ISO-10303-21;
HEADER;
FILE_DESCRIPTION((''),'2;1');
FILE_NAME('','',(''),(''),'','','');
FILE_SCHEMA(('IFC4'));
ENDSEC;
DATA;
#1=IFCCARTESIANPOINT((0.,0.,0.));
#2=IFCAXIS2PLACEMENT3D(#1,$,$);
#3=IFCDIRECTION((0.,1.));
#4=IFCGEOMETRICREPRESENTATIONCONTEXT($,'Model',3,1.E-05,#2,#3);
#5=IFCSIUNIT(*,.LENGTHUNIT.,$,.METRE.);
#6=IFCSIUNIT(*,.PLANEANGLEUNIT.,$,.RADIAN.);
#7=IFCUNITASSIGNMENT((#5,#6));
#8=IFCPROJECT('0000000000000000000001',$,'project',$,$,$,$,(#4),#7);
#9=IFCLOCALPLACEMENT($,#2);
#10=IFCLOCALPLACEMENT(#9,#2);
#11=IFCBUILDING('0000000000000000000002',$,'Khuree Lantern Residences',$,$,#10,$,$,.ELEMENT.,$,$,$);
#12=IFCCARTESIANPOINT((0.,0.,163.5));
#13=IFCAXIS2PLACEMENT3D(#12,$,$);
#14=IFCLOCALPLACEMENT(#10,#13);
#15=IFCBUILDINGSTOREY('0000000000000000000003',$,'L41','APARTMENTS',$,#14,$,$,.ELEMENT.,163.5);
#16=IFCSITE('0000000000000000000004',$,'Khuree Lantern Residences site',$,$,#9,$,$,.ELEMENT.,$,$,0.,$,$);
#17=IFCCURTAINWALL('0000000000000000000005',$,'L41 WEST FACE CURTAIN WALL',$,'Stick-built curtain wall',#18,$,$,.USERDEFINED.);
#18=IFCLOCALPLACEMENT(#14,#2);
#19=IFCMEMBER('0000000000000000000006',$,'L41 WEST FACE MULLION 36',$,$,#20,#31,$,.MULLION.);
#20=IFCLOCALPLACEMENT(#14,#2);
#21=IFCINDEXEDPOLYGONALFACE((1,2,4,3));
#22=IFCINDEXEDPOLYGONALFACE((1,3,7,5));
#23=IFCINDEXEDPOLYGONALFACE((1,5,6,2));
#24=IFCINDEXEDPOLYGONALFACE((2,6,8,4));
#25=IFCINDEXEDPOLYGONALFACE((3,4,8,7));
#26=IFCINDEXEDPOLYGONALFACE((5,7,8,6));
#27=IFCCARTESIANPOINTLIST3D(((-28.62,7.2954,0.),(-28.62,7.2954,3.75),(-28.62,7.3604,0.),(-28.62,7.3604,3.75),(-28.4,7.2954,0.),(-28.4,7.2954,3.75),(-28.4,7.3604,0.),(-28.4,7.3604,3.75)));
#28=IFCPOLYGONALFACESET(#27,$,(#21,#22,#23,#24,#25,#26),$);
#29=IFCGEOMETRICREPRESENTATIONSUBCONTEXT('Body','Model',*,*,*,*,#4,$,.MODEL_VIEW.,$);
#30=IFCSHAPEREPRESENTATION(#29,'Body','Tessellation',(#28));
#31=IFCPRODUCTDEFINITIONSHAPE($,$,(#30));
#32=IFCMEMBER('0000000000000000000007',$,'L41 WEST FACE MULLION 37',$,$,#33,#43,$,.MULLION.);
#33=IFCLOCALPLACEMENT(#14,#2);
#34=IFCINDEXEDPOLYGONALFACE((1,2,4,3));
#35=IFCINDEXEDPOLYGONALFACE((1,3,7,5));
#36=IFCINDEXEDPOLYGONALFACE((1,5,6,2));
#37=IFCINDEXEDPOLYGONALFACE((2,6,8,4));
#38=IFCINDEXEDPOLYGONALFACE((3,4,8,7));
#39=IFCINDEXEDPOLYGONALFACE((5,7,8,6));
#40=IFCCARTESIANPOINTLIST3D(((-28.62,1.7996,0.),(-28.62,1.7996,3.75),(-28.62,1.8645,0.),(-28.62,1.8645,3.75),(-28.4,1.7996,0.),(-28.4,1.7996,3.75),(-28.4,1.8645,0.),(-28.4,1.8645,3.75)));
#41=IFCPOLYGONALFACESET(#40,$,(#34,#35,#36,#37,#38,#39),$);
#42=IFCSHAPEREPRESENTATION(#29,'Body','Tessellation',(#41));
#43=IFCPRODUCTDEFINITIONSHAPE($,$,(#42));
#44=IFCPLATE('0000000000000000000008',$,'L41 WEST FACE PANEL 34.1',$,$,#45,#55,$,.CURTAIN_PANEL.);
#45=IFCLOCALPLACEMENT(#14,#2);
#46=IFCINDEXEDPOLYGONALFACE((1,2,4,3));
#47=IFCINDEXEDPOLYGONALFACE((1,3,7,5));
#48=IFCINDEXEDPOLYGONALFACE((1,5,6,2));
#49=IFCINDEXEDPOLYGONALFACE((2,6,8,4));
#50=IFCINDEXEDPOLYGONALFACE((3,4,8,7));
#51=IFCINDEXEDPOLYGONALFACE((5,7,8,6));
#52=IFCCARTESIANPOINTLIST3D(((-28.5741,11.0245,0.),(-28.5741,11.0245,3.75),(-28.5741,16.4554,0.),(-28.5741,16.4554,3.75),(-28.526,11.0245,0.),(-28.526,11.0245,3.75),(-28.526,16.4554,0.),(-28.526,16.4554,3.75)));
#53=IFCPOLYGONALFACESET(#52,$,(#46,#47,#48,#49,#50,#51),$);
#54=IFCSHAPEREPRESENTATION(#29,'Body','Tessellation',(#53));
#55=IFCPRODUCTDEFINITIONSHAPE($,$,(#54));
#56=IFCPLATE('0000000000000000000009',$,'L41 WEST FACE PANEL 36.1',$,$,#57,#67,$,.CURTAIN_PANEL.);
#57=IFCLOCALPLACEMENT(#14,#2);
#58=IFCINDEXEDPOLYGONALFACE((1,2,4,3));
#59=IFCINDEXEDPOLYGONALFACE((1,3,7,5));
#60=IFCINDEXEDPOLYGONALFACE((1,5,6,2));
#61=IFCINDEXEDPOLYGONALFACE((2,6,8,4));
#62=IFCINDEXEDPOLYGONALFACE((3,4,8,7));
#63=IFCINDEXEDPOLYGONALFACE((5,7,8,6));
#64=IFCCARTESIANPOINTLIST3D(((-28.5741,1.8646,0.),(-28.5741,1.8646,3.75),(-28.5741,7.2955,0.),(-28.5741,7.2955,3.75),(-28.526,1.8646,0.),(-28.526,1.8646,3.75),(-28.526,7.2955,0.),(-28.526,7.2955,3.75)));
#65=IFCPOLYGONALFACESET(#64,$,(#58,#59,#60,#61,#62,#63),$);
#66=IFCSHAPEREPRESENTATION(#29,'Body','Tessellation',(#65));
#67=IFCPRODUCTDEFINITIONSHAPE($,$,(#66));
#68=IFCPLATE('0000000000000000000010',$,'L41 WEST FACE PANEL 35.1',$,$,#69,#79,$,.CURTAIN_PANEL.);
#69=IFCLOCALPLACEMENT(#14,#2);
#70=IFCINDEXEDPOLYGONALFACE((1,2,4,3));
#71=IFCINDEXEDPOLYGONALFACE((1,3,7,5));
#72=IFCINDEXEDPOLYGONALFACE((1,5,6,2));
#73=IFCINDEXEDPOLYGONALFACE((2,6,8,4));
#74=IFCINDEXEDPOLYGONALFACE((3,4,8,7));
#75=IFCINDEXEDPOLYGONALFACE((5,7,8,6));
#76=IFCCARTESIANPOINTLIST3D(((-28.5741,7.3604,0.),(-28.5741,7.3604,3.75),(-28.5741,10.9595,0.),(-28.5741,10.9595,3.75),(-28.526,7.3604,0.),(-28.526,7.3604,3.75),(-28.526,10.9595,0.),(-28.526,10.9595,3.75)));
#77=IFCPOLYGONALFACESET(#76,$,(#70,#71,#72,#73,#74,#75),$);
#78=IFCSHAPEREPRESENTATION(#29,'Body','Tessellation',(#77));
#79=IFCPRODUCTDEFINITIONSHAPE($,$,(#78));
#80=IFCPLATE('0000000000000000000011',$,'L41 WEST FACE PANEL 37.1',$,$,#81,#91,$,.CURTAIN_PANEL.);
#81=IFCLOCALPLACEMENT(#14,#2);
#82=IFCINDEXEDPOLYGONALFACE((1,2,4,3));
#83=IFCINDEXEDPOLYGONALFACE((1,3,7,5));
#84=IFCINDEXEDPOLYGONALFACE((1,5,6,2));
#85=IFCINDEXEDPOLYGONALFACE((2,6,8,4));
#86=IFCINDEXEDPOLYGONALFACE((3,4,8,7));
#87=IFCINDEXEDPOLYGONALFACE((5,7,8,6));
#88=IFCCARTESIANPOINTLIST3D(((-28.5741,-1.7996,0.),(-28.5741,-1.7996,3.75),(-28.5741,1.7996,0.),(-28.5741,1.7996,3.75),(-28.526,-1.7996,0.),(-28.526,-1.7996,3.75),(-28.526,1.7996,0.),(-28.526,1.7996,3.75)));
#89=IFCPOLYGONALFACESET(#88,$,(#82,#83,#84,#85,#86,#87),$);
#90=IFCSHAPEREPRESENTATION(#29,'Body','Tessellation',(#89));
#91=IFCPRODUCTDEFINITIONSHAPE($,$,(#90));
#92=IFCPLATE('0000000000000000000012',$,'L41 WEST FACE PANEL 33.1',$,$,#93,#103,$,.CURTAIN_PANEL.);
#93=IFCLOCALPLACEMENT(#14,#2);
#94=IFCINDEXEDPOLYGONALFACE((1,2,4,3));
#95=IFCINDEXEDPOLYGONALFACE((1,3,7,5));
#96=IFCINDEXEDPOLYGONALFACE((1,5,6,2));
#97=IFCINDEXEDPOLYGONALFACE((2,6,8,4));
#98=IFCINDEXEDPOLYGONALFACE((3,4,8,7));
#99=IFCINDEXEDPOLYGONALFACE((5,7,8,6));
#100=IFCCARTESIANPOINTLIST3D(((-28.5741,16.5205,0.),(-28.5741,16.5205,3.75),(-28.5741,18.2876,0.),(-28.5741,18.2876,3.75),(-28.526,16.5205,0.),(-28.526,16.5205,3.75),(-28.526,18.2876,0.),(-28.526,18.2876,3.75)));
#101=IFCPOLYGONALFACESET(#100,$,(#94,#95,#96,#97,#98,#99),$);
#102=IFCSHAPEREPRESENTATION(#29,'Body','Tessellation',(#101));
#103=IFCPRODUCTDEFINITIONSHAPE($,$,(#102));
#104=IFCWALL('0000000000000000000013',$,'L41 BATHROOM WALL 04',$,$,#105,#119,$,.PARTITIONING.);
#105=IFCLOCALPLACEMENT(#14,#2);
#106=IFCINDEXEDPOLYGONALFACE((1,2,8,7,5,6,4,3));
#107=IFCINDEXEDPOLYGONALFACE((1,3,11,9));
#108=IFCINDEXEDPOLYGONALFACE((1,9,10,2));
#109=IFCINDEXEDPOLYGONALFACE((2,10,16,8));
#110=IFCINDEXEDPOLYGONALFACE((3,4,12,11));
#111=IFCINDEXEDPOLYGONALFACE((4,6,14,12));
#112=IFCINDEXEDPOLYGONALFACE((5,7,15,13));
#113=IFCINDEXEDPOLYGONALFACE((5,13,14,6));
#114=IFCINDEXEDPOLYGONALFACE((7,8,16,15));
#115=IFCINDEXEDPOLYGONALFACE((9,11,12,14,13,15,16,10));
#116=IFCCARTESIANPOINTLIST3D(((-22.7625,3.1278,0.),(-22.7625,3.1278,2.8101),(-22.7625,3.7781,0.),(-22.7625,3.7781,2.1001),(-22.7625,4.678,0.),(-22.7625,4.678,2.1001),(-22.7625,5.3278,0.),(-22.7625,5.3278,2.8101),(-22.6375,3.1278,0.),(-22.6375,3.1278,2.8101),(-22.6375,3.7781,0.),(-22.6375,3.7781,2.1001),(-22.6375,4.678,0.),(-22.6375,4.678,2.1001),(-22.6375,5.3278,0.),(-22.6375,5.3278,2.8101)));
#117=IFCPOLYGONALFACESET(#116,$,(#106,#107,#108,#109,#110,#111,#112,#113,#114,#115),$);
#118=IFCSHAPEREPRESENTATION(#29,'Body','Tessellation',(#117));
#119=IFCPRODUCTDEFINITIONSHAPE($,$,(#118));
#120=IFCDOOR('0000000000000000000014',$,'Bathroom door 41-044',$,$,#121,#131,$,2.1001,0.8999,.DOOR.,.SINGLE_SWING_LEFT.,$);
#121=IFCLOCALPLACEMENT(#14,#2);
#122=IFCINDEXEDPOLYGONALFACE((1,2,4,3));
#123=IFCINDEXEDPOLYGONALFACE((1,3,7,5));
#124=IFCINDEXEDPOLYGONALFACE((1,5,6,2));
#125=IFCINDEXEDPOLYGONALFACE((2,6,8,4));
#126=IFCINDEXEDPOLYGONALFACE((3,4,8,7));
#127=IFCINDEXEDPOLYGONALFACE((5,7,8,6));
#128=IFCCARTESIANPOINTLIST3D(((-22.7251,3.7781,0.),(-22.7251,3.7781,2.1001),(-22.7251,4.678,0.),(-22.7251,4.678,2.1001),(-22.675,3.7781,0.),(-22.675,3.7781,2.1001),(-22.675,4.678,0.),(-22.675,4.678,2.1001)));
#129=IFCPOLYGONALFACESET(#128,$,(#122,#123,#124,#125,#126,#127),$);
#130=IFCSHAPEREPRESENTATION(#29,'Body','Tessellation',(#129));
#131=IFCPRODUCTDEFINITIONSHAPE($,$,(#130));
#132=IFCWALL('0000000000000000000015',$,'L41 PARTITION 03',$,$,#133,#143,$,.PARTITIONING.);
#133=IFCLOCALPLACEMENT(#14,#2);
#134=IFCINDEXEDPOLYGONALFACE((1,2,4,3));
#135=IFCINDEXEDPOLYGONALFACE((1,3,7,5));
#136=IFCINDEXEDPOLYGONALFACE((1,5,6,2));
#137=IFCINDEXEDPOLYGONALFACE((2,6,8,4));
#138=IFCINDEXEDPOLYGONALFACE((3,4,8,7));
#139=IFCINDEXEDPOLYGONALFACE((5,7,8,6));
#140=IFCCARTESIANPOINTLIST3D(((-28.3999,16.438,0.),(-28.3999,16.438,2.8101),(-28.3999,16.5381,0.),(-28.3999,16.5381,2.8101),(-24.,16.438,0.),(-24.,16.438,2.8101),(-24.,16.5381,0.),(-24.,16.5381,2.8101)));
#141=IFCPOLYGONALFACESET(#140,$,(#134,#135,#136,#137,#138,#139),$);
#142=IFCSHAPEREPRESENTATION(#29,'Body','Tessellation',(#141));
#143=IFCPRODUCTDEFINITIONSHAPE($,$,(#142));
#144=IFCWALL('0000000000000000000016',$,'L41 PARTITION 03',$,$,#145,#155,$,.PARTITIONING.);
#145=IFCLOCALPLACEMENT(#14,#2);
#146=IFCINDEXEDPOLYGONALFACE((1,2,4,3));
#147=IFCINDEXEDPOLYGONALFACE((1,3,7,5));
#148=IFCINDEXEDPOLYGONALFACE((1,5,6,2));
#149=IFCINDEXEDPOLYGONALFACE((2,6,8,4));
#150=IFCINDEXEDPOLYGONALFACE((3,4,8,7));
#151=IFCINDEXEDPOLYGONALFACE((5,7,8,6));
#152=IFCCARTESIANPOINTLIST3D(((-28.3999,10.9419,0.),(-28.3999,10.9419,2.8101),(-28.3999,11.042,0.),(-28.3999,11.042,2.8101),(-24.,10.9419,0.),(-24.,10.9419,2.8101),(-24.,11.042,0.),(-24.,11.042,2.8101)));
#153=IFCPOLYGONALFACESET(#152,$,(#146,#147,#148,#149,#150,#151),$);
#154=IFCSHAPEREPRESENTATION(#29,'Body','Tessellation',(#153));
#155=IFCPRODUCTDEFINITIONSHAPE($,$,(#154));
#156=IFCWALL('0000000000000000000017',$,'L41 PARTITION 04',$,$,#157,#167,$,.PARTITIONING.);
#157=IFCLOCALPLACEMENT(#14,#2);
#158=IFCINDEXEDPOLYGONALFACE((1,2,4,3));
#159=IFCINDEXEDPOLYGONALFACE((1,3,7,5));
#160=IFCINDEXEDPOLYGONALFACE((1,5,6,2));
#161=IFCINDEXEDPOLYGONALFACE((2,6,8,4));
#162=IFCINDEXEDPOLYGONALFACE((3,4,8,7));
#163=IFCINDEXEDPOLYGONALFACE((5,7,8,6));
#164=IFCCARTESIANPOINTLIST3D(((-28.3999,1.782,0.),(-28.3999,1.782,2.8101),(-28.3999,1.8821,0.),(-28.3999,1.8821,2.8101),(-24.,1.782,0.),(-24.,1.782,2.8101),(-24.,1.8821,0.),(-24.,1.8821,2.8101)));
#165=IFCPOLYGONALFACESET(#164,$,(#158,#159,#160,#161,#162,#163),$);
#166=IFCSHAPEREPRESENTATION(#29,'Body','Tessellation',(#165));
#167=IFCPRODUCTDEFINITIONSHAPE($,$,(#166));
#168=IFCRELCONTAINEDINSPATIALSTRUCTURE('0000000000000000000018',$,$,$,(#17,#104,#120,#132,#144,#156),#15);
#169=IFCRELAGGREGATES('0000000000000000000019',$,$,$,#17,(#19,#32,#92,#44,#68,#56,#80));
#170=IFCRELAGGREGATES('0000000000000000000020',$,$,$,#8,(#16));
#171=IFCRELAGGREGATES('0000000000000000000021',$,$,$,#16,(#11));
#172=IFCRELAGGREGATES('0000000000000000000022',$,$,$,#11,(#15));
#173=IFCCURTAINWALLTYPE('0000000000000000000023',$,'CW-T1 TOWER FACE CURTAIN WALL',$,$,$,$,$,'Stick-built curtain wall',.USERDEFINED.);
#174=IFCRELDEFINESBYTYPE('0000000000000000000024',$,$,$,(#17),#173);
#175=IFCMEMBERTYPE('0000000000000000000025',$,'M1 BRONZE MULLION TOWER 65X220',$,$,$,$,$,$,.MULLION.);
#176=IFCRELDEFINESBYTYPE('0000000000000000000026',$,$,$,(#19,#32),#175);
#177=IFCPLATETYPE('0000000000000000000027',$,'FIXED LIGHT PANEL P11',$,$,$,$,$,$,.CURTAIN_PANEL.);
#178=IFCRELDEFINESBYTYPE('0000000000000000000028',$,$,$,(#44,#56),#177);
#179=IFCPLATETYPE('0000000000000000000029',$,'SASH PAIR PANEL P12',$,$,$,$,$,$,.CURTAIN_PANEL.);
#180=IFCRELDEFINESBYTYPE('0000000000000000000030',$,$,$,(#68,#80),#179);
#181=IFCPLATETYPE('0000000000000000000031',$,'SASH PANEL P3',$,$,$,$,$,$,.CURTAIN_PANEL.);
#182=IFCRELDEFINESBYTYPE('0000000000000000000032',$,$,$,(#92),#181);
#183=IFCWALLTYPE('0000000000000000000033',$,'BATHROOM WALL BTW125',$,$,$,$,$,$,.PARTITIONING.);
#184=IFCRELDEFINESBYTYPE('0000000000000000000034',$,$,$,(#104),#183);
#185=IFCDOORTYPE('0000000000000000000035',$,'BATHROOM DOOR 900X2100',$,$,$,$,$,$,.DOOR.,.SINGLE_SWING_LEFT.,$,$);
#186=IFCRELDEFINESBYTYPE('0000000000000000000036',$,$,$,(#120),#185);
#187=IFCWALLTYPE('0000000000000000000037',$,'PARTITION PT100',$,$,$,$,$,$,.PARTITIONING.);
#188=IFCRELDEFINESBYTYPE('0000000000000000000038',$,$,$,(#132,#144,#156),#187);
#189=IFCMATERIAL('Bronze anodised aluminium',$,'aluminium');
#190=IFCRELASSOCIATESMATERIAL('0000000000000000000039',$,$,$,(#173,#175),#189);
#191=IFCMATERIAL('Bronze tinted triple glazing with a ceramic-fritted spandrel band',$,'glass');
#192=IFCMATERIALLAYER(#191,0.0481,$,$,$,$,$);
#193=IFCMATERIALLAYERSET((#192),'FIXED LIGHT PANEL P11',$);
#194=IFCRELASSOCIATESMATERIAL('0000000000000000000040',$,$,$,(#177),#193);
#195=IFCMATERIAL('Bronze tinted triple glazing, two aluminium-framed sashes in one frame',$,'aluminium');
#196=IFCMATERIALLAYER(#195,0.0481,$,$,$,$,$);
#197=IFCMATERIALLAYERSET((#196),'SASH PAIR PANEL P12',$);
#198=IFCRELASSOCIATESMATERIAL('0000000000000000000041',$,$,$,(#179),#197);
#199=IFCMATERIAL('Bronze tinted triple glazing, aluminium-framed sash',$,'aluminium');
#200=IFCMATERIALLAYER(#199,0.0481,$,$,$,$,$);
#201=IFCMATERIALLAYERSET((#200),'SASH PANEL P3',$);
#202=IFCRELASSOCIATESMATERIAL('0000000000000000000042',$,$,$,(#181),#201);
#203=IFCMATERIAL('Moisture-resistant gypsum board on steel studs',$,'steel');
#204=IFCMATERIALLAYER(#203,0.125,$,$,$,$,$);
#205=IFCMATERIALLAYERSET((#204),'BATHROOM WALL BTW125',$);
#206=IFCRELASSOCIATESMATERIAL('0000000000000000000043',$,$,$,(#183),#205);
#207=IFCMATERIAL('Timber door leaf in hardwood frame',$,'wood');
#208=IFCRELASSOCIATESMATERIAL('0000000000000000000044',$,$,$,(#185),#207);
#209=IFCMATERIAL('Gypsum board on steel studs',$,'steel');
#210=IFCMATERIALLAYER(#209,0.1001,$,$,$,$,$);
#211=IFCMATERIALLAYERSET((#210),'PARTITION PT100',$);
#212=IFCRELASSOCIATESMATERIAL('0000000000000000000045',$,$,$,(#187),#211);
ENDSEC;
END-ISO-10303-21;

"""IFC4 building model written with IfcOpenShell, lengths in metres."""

from ifc_helpers import new_model, si_unit, direction, frame, frame_2d, origin, origin_2d, place, context, subcontext, project, spatial, rectangle, extrude, material, layer, layer_set, material_profile, profile_set, type_object, element, fill, aggregate, save


model = new_model("IFC4")

# Units and contexts
model_context = context("Model", 3, precision=1e-05, world=origin(), true_north=direction((0.0, 1.0)))
body_context = subcontext(model_context, "Body", "Model", "MODEL_VIEW")
ifc_project = project(units=[si_unit("LENGTHUNIT", "METRE"), si_unit("PLANEANGLEUNIT", "RADIAN")], contexts=[model_context])

# Site, building, storey
site_placement = place(None, origin())
site = spatial("IfcSite", under=ifc_project, at=site_placement, Name="Khuree Lantern Residences site", CompositionType="ELEMENT", RefElevation=0.0)
building_placement = place(site_placement, origin())
building = spatial("IfcBuilding", under=site, at=building_placement, Name="Khuree Lantern Residences", CompositionType="ELEMENT")
storey_placement = place(building_placement, frame((0.0, 0.0, 163.5)))
storey = spatial("IfcBuildingStorey", under=building, at=storey_placement, Name="L41", Description="APARTMENTS", CompositionType="ELEMENT", Elevation=163.5)

# Curtain wall
ifc_material_1 = material(Name="Bronze anodised aluminium", Category="aluminium")
curtain_wall_type = type_object("IfcCurtainWallType", Name="CW-T1 TOWER FACE CURTAIN WALL", ElementType="Stick-built curtain wall", PredefinedType="USERDEFINED", material=ifc_material_1)
curtain_wall_placement = place(storey_placement, origin())
curtain_wall = element("IfcCurtainWall", 1, at=curtain_wall_placement, inside=storey, type_object=curtain_wall_type, Name="L41 WEST FACE CURTAIN WALL", ObjectType="Stick-built curtain wall", PredefinedType="USERDEFINED")

# Members
ifc_material_profile_1 = material_profile(ifc_material_1, rectangle(XDim=0.0649, YDim=0.22, at=origin_2d()), Name="M1 65X220")
ifc_profile_set_1 = profile_set([ifc_material_profile_1], Name="Bronze anodised aluminium")
member_type_1 = type_object("IfcMemberType", Name="M1 BRONZE MULLION TOWER 65X220", PredefinedType="MULLION", material=ifc_profile_set_1)
member_1_placement = place(storey_placement, frame((-28.51, 7.3279, 0.0), z_axis=(0.0, 0.0, 1.0), x_axis=(0.0, -1.0, 0.0)))
member_1 = element("IfcMember", 2, at=member_1_placement, type_object=member_type_1, Name="L41 WEST FACE MULLION 36", PredefinedType="MULLION", context=body_context, shape_type="SweptSolid", body=[
    extrude(rectangle(XDim=0.0649, YDim=0.22, at=origin_2d()), origin(), (0.0, 0.0, 1.0), 3.75),
])
member_2_placement = place(storey_placement, frame((-28.51, 1.832, 0.0), z_axis=(0.0, 0.0, 1.0), x_axis=(0.0, -1.0, 0.0)))
member_2 = element("IfcMember", 3, at=member_2_placement, type_object=member_type_1, Name="L41 WEST FACE MULLION 37", PredefinedType="MULLION", context=body_context, shape_type="SweptSolid", body=[
    extrude(rectangle(XDim=0.0649, YDim=0.22, at=origin_2d()), origin(), (0.0, 0.0, 1.0), 3.75),
])

# Plates
ifc_material_2 = material(Name="Bronze tinted triple glazing with a ceramic-fritted spandrel band", Category="glass")
ifc_layer_1 = layer(ifc_material_2, 0.0481)
ifc_layer_set_1 = layer_set([ifc_layer_1], Name="FIXED LIGHT PANEL P11")
plate_type_1 = type_object("IfcPlateType", Name="FIXED LIGHT PANEL P11", PredefinedType="CURTAIN_PANEL", material=ifc_layer_set_1)
plate_1_placement = place(storey_placement, frame((-28.55, 13.74, 0.0), z_axis=(0.0, 0.0, 1.0), x_axis=(0.0, -1.0, 0.0)))
plate_1 = element("IfcPlate", 4, at=plate_1_placement, type_object=plate_type_1, Name="L41 WEST FACE PANEL 34.1", PredefinedType="CURTAIN_PANEL", context=body_context, shape_type="SweptSolid", body=[
    extrude(rectangle(XDim=5.4309, YDim=0.0481, at=origin_2d()), origin(), (0.0, 0.0, 1.0), 3.75),
])
plate_2_placement = place(storey_placement, frame((-28.55, 4.5801, 0.0), z_axis=(0.0, 0.0, 1.0), x_axis=(0.0, -1.0, 0.0)))
plate_2 = element("IfcPlate", 5, at=plate_2_placement, type_object=plate_type_1, Name="L41 WEST FACE PANEL 36.1", PredefinedType="CURTAIN_PANEL", context=body_context, shape_type="SweptSolid", body=[
    extrude(rectangle(XDim=5.4309, YDim=0.0481, at=origin_2d()), origin(), (0.0, 0.0, 1.0), 3.75),
])
ifc_material_3 = material(Name="Bronze tinted triple glazing, two aluminium-framed sashes in one frame", Category="aluminium")
ifc_layer_2 = layer(ifc_material_3, 0.0481)
ifc_layer_set_2 = layer_set([ifc_layer_2], Name="SASH PAIR PANEL P12")
plate_type_2 = type_object("IfcPlateType", Name="SASH PAIR PANEL P12", PredefinedType="CURTAIN_PANEL", material=ifc_layer_set_2)
plate_3_placement = place(storey_placement, frame((-28.55, 9.1599, 0.0), z_axis=(0.0, 0.0, 1.0), x_axis=(0.0, -1.0, 0.0)))
plate_3 = element("IfcPlate", 6, at=plate_3_placement, type_object=plate_type_2, Name="L41 WEST FACE PANEL 35.1", PredefinedType="CURTAIN_PANEL", context=body_context, shape_type="SweptSolid", body=[
    extrude(rectangle(XDim=3.5991, YDim=0.0481, at=origin_2d()), origin(), (0.0, 0.0, 1.0), 3.75),
])
plate_4_placement = place(storey_placement, frame((-28.55, 0.0, 0.0), z_axis=(0.0, 0.0, 1.0), x_axis=(0.0, -1.0, 0.0)))
plate_4 = element("IfcPlate", 7, at=plate_4_placement, type_object=plate_type_2, Name="L41 WEST FACE PANEL 37.1", PredefinedType="CURTAIN_PANEL", context=body_context, shape_type="SweptSolid", body=[
    extrude(rectangle(XDim=3.5991, YDim=0.0481, at=origin_2d()), origin(), (0.0, 0.0, 1.0), 3.75),
])
ifc_material_4 = material(Name="Bronze tinted triple glazing, aluminium-framed sash", Category="aluminium")
ifc_layer_3 = layer(ifc_material_4, 0.0481)
ifc_layer_set_3 = layer_set([ifc_layer_3], Name="SASH PANEL P3")
plate_type_3 = type_object("IfcPlateType", Name="SASH PANEL P3", PredefinedType="CURTAIN_PANEL", material=ifc_layer_set_3)
plate_5_placement = place(storey_placement, frame((-28.55, 17.4041, 0.0), z_axis=(0.0, 0.0, 1.0), x_axis=(0.0, -1.0, 0.0)))
plate_5 = element("IfcPlate", 8, at=plate_5_placement, type_object=plate_type_3, Name="L41 WEST FACE PANEL 33.1", PredefinedType="CURTAIN_PANEL", context=body_context, shape_type="SweptSolid", body=[
    extrude(rectangle(XDim=1.7671, YDim=0.0481, at=origin_2d()), origin(), (0.0, 0.0, 1.0), 3.75),
])
aggregate(curtain_wall, [member_1, member_2, plate_5, plate_1, plate_3, plate_2, plate_4])

# Wall, opening, door
ifc_material_5 = material(Name="Moisture-resistant gypsum board on steel studs", Category="steel")
ifc_layer_4 = layer(ifc_material_5, 0.125)
ifc_layer_set_4 = layer_set([ifc_layer_4], Name="BATHROOM WALL BTW125")
wall_type_1 = type_object("IfcWallType", Name="BATHROOM WALL BTW125", PredefinedType="PARTITIONING", material=ifc_layer_set_4)
wall_1_placement = place(storey_placement, frame((-22.7, 5.3279, 0.0), z_axis=(0.0, 0.0, 1.0), x_axis=(0.0, -1.0, 0.0)))
wall_1 = element("IfcWall", 9, at=wall_1_placement, inside=storey, type_object=wall_type_1, Name="L41 BATHROOM WALL 04", PredefinedType="PARTITIONING", context=body_context, shape_type="SweptSolid", body=[
    extrude(rectangle(XDim=2.2, YDim=0.125, at=frame_2d((1.1001, 0.0))), origin(), (0.0, 0.0, 1.0), 2.8101),
])
opening_1_placement = place(wall_1_placement, frame((0.6499, 0.0, 0.0)))
opening_1 = element("IfcOpeningElement", 10, at=opening_1_placement, cuts=wall_1, PredefinedType="OPENING", context=body_context, shape_type="SweptSolid", body=[
    extrude(rectangle(XDim=0.8999, YDim=2.1001, at=frame_2d((0.45, 1.05))), frame((0.0, 0.0725, 0.0), z_axis=(0.0, -1.0, 0.0), x_axis=(1.0, 0.0, 0.0)), (0.0, 0.0, 1.0), 0.145),
])
ifc_material_6 = material(Name="Timber door leaf in hardwood frame", Category="wood")
door_type_1 = type_object("IfcDoorType", Name="BATHROOM DOOR 900X2100", OperationType="SINGLE_SWING_LEFT", PredefinedType="DOOR", material=ifc_material_6)
door_1_placement = place(opening_1_placement, origin())
door_1 = element("IfcDoor", 11, at=door_1_placement, inside=storey, type_object=door_type_1, Name="Bathroom door 41-044", OperationType="SINGLE_SWING_LEFT", OverallHeight=2.1001, OverallWidth=0.8999, PredefinedType="DOOR", context=body_context, shape_type="SweptSolid", body=[
    extrude(rectangle(XDim=0.8999, YDim=2.1001, at=frame_2d((0.45, 1.05))), frame((0.0, 0.0249, 0.0), z_axis=(0.0, -1.0, 0.0), x_axis=(1.0, 0.0, 0.0)), (0.0, 0.0, 1.0), 0.05),
])
fill(opening_1, door_1)

# Walls
ifc_material_7 = material(Name="Gypsum board on steel studs", Category="steel")
ifc_layer_5 = layer(ifc_material_7, 0.1001)
ifc_layer_set_5 = layer_set([ifc_layer_5], Name="PARTITION PT100")
wall_type_2 = type_object("IfcWallType", Name="PARTITION PT100", PredefinedType="PARTITIONING", material=ifc_layer_set_5)
for number, where, z_axis, x_axis, name in (
    (12, (-24.0, 16.488, 0.0), (0.0, 0.0, 1.0), (-1.0, 0.0, 0.0), "L41 PARTITION 03"),
    (13, (-24.0, 10.9919, 0.0), (0.0, 0.0, 1.0), (-1.0, 0.0, 0.0), "L41 PARTITION 03"),
    (14, (-24.0, 1.832, 0.0), (0.0, 0.0, 1.0), (-1.0, 0.0, 0.0), "L41 PARTITION 04"),
):
    element("IfcWall", number, at=place(storey_placement, frame(where, z_axis=z_axis, x_axis=x_axis)), inside=storey, type_object=wall_type_2, Name=name, PredefinedType="PARTITIONING", context=body_context, shape_type="SweptSolid", body=[
        extrude(rectangle(XDim=4.3999, YDim=0.1001, at=frame_2d((2.2, 0.0))), origin(), (0.0, 0.0, 1.0), 2.8101),
    ])

save(model, "model.ifc")
